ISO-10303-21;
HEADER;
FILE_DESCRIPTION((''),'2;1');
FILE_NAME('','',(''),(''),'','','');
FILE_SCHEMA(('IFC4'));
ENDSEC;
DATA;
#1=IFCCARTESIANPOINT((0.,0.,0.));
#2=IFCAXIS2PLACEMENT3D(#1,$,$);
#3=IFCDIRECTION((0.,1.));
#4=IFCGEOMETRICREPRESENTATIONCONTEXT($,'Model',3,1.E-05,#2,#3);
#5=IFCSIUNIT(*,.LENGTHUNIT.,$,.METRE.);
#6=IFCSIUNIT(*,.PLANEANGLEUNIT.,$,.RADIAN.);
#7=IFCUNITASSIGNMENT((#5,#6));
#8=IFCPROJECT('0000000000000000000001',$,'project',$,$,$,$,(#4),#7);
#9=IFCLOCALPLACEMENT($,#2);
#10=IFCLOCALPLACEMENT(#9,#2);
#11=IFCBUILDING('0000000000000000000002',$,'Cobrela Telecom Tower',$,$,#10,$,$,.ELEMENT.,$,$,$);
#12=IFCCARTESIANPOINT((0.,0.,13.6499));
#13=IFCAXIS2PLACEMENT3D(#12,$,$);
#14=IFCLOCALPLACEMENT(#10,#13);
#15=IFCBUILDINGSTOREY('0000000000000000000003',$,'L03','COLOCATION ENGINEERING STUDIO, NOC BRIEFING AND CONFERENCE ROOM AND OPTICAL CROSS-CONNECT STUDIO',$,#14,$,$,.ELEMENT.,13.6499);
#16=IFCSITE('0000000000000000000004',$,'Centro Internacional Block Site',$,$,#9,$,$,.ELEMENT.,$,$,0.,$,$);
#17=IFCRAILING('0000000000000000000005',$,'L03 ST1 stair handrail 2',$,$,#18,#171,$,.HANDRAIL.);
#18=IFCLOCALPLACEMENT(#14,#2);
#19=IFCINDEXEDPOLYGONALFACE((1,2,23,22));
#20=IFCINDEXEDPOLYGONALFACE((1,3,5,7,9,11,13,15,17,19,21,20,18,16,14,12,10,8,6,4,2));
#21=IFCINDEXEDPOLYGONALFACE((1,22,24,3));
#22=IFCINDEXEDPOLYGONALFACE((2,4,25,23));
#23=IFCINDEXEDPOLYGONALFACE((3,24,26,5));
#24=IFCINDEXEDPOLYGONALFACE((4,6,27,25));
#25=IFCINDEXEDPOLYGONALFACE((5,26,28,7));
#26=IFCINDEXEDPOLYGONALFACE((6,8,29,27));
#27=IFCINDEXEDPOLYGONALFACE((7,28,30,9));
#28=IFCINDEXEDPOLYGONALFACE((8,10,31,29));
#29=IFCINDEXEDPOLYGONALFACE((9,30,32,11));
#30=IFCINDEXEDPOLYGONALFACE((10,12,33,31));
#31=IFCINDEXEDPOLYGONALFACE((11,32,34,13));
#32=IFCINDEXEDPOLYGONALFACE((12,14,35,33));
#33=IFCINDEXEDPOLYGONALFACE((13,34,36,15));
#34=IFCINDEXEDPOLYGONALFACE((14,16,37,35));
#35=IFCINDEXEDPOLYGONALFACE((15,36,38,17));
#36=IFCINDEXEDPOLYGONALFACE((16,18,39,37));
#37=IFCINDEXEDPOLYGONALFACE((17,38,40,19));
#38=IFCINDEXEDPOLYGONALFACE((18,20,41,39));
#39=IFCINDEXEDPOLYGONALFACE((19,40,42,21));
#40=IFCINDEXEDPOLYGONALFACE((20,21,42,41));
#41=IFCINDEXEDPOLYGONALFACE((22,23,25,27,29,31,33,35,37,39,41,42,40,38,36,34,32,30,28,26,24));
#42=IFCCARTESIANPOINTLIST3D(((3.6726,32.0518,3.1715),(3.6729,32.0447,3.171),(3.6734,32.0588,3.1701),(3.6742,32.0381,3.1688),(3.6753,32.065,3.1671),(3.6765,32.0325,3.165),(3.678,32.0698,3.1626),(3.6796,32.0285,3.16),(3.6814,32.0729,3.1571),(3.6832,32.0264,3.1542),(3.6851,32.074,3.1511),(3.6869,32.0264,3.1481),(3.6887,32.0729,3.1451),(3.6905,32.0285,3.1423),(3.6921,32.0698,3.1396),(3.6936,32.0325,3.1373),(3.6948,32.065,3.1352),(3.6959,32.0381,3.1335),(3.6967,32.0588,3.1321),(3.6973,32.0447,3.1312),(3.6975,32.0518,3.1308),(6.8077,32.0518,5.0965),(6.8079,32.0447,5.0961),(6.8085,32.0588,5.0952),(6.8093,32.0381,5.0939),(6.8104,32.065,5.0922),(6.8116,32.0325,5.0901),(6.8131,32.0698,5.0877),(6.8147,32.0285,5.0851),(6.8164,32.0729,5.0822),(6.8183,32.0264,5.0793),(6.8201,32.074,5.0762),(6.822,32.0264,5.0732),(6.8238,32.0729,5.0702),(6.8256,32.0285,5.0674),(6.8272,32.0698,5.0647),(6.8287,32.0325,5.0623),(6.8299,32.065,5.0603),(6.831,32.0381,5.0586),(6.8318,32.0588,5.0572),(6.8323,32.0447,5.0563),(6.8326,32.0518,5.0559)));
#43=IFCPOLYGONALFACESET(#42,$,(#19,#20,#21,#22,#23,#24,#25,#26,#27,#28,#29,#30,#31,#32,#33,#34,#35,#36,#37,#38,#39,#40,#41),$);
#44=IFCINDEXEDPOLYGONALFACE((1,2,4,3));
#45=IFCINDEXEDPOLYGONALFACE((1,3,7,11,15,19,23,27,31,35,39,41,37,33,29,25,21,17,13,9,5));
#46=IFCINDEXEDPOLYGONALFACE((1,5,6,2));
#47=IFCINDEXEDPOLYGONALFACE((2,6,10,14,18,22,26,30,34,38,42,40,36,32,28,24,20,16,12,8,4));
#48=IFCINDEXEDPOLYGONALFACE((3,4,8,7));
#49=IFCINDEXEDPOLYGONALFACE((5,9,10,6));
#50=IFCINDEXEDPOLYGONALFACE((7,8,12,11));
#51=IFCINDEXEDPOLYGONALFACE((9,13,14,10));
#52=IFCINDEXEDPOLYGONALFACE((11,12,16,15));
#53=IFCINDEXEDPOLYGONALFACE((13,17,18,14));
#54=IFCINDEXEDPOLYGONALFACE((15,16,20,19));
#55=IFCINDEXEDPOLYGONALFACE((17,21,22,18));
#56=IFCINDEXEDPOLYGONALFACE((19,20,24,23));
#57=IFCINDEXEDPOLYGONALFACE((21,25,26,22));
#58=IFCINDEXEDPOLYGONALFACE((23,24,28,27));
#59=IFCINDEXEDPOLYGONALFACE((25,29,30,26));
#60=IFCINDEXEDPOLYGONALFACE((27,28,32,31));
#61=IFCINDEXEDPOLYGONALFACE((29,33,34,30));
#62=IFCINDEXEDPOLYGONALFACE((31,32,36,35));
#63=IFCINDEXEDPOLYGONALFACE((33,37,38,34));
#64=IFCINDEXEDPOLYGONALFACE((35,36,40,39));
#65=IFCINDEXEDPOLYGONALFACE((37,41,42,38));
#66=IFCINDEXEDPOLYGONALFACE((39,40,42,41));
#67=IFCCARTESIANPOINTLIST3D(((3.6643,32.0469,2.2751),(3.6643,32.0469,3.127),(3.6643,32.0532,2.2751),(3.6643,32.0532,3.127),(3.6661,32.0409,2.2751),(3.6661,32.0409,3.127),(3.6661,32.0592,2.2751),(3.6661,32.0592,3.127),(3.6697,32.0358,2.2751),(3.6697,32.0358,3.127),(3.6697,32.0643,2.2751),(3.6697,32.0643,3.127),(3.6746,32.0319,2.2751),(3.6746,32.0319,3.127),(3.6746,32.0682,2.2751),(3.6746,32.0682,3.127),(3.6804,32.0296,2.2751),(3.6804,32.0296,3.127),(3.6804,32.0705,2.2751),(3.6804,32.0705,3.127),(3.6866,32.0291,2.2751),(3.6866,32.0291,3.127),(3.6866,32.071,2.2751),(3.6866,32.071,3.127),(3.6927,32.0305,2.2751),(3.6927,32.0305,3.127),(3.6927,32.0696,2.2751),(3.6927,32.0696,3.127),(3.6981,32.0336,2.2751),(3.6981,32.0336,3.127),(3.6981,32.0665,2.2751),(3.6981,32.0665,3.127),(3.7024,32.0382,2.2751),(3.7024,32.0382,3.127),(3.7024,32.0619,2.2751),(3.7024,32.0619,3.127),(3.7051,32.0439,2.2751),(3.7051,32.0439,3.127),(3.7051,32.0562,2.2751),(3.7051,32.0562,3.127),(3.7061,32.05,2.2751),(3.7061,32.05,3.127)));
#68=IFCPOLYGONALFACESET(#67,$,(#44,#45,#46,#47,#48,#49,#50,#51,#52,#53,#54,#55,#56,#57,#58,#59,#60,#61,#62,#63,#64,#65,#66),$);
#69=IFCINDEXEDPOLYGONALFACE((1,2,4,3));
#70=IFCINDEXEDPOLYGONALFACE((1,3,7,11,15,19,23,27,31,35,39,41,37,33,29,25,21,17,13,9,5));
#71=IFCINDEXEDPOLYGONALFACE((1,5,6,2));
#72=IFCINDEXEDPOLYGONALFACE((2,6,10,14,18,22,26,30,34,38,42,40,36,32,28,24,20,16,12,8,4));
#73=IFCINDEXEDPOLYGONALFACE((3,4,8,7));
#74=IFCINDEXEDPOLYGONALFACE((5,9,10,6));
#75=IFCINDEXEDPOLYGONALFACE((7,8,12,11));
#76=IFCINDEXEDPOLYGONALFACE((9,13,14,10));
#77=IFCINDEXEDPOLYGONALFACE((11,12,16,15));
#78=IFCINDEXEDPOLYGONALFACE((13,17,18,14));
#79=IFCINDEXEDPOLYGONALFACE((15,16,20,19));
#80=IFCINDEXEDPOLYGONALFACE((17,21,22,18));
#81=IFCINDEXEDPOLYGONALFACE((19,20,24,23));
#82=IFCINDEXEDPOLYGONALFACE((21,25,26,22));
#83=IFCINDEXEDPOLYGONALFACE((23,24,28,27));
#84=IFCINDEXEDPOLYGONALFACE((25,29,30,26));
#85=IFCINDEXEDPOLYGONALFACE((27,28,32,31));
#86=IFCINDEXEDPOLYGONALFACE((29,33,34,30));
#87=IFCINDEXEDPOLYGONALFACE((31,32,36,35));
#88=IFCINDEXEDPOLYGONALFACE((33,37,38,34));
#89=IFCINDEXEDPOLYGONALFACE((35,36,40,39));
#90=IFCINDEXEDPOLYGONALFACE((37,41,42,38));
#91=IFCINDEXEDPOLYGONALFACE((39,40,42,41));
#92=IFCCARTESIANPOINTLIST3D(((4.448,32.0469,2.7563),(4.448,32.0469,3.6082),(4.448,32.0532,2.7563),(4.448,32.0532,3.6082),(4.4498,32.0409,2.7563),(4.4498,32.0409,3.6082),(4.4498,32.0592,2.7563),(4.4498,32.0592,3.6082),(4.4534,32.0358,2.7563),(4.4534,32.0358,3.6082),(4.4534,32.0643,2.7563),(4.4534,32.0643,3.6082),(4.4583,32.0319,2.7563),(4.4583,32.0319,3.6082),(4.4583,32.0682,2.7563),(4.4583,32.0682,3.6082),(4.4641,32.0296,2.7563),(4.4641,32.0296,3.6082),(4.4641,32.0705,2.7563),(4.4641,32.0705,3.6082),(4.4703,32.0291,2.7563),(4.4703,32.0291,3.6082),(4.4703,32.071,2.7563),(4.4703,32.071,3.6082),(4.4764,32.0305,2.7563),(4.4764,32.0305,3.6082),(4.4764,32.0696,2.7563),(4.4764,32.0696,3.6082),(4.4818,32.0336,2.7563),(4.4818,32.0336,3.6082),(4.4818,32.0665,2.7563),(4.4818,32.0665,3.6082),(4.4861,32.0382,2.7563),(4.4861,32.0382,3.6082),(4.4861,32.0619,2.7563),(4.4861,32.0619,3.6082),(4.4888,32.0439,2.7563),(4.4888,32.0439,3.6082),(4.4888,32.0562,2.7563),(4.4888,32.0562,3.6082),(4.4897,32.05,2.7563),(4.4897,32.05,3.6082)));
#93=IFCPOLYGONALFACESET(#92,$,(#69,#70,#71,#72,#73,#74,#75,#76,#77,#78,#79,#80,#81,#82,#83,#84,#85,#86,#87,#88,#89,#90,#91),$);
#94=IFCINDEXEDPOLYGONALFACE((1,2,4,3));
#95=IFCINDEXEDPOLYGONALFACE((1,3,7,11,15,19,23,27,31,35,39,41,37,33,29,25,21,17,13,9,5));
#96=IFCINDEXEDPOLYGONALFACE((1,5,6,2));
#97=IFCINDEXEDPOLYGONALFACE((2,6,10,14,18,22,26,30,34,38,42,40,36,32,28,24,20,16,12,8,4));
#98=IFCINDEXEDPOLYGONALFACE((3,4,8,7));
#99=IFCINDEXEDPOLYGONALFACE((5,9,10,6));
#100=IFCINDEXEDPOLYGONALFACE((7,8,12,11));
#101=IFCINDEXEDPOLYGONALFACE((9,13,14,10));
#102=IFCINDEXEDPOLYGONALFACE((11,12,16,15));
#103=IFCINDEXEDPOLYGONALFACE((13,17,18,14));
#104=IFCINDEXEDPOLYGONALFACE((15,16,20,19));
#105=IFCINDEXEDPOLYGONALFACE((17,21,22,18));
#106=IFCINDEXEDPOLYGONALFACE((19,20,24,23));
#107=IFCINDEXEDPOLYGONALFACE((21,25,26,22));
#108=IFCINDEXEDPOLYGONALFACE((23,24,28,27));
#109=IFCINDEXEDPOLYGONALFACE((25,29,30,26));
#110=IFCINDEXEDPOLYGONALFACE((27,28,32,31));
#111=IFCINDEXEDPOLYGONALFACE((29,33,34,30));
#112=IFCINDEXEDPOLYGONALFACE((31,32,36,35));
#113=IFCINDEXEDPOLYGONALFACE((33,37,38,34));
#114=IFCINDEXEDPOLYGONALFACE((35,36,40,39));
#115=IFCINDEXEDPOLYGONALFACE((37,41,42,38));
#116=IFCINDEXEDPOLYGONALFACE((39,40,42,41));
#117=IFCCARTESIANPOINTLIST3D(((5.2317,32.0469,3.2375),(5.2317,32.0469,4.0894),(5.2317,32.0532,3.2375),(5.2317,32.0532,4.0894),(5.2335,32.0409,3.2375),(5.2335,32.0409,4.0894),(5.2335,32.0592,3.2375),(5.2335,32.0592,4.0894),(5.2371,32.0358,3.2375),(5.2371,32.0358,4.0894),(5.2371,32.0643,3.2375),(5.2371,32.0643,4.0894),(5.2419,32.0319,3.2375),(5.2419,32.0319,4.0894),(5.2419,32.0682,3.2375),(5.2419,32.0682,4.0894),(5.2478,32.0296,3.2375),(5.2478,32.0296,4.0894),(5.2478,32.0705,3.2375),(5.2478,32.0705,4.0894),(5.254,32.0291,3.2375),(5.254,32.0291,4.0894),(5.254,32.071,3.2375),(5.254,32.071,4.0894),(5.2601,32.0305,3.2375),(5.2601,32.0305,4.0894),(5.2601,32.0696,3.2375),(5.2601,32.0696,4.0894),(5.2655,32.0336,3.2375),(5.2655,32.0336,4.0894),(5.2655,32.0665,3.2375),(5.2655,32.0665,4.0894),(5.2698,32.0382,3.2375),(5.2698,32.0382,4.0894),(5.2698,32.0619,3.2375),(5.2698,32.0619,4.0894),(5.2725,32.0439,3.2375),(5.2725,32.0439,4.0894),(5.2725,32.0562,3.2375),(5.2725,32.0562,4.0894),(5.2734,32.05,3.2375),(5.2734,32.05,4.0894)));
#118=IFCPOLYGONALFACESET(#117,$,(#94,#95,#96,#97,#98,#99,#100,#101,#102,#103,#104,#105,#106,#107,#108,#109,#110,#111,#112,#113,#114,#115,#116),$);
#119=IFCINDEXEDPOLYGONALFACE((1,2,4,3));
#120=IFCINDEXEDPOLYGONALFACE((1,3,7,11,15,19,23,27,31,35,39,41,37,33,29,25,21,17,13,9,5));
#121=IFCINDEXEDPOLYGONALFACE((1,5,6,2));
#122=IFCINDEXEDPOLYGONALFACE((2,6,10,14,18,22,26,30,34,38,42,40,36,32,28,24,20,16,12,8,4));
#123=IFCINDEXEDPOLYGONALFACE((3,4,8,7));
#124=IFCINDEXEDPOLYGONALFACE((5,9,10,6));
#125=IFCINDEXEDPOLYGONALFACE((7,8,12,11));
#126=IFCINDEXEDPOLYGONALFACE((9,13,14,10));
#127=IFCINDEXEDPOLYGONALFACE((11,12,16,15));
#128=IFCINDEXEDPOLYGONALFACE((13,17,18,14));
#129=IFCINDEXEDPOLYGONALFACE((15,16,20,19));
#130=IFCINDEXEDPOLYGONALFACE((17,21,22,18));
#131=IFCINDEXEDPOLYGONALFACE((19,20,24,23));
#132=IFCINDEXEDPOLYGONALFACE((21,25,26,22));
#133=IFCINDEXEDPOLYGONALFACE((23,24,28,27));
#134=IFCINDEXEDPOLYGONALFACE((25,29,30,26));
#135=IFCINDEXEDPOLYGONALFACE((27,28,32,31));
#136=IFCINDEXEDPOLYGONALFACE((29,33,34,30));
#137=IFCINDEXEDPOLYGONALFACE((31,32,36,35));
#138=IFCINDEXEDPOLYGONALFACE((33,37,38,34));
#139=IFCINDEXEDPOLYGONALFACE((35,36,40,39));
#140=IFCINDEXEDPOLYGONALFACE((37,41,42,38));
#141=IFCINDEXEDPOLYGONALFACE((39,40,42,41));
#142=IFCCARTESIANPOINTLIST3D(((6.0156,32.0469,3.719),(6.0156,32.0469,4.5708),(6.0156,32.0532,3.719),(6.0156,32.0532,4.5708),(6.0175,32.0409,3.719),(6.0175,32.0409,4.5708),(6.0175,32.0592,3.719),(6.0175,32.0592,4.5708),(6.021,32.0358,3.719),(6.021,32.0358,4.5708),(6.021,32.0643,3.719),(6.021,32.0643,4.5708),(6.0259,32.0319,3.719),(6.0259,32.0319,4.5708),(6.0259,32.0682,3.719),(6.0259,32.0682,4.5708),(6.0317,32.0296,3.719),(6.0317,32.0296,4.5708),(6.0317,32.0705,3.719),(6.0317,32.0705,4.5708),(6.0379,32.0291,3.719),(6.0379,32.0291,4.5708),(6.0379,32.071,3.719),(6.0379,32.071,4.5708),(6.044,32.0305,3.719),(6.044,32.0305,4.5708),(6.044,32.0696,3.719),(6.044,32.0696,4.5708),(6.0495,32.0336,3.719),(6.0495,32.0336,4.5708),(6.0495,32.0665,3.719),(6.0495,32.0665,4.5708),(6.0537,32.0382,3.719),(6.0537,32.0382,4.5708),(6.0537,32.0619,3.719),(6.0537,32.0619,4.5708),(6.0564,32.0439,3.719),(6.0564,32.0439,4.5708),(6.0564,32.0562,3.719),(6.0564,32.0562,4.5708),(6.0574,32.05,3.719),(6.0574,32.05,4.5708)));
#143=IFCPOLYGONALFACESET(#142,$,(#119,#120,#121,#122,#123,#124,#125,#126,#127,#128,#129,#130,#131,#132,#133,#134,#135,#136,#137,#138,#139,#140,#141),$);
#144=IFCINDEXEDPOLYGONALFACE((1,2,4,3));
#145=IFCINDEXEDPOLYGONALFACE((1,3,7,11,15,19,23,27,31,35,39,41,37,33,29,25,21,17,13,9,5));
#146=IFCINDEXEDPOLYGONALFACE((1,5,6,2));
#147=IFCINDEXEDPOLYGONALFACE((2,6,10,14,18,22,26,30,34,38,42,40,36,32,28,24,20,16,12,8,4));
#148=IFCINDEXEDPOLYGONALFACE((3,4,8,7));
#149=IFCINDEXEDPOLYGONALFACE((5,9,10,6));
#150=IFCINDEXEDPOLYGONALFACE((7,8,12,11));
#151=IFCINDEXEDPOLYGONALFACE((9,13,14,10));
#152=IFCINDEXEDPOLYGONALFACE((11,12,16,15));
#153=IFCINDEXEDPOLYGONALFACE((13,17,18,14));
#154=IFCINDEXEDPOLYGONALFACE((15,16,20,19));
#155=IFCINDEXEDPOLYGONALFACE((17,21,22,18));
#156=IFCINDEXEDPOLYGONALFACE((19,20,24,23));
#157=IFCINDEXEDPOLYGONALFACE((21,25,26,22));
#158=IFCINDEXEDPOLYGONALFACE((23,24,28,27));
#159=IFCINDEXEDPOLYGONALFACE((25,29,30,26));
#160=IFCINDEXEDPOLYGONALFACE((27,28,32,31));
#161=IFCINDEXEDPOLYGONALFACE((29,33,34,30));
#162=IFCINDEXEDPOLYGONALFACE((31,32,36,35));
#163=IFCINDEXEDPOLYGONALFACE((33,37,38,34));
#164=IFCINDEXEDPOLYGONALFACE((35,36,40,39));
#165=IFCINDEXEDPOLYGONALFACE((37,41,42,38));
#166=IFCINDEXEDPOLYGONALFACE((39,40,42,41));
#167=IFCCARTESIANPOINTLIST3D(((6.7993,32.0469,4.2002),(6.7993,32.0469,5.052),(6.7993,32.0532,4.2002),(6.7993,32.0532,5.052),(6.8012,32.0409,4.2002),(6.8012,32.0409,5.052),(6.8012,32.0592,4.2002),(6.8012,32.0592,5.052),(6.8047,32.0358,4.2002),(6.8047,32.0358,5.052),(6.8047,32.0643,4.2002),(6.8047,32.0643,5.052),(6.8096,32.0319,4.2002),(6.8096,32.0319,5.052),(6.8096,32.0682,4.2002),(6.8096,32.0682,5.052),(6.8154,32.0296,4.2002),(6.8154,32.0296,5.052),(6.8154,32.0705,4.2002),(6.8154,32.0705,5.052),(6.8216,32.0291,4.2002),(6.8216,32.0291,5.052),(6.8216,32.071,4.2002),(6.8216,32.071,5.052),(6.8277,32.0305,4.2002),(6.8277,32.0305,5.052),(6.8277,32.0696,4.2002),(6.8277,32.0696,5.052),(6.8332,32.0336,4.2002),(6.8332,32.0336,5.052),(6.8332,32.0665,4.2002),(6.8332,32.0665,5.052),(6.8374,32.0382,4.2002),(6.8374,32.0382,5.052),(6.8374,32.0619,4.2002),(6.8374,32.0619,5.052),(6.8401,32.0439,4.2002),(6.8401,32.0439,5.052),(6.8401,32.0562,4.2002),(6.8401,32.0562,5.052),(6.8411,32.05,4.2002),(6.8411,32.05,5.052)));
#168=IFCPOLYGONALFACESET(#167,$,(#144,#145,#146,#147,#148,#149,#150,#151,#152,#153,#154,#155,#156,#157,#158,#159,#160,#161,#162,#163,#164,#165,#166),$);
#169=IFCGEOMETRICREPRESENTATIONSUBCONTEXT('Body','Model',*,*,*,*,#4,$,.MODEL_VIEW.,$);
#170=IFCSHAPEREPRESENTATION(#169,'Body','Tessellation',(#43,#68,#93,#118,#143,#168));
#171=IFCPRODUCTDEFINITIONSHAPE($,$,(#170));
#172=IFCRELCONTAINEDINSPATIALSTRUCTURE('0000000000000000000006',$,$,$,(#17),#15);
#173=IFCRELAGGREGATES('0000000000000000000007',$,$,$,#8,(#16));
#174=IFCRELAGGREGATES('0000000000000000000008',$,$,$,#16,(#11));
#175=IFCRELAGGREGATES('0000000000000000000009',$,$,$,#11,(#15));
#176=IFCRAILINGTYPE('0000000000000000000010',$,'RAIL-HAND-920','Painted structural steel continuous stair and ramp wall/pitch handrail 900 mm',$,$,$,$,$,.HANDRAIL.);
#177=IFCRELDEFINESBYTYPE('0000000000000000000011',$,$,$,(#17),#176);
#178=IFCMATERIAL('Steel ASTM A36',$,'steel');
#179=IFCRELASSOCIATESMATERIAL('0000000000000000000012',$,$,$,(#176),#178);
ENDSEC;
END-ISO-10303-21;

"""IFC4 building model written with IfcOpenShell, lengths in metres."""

from ifc_helpers import new_model, si_unit, direction, frame, origin, origin_2d, place, context, subcontext, project, spatial, circle, extrude, material, type_object, element, save


model = new_model("IFC4")

# Units and contexts
model_context = context("Model", 3, precision=1e-05, world=origin(), true_north=direction((0.0, 1.0)))
body_context = subcontext(model_context, "Body", "Model", "MODEL_VIEW")
ifc_project = project(units=[si_unit("LENGTHUNIT", "METRE"), si_unit("PLANEANGLEUNIT", "RADIAN")], contexts=[model_context])

# Site, building, storey
site_placement = place(None, origin())
site = spatial("IfcSite", under=ifc_project, at=site_placement, Name="Centro Internacional Block Site", CompositionType="ELEMENT", RefElevation=0.0)
building_placement = place(site_placement, origin())
building = spatial("IfcBuilding", under=site, at=building_placement, Name="Cobrela Telecom Tower", CompositionType="ELEMENT")
storey_placement = place(building_placement, frame((0.0, 0.0, 13.6499)))
storey = spatial("IfcBuildingStorey", under=building, at=storey_placement, Name="L03", Description="COLOCATION ENGINEERING STUDIO, NOC BRIEFING AND CONFERENCE ROOM AND OPTICAL CROSS-CONNECT STUDIO", CompositionType="ELEMENT", Elevation=13.6499)

# Shared definitions
ifc_material_1 = material(Name="Steel ASTM A36", Category="steel")

# Railing
railing_type_1 = type_object("IfcRailingType", Name="RAIL-HAND-920", Description="Painted structural steel continuous stair and ramp wall/pitch handrail 900 mm", PredefinedType="HANDRAIL", material=ifc_material_1)
railing_1_placement = place(storey_placement, frame((3.6851, 32.05, 2.2751)))
element("IfcRailing", 1, at=railing_1_placement, inside=storey, type_object=railing_type_1, Name="L03 ST1 stair handrail 2", PredefinedType="HANDRAIL", context=body_context, shape_type="SweptSolid", body=[
    extrude(circle(Radius=0.0239, at=origin_2d()), frame((0.0, 0.0, 0.876), z_axis=(0.852166, 0.0, 0.523271), x_axis=(0.0, 1.0, 0.0)), (0.0, 0.0, 1.0), 3.679),
    extrude(circle(Radius=0.021, at=origin_2d()), origin(), (0.0, 0.0, 1.0), 0.8518),
    extrude(circle(Radius=0.021, at=origin_2d()), frame((0.7837, 0.0, 0.4812)), (0.0, 0.0, 1.0), 0.8518),
    extrude(circle(Radius=0.021, at=origin_2d()), frame((1.5674, 0.0, 0.9624)), (0.0, 0.0, 1.0), 0.8518),
    extrude(circle(Radius=0.021, at=origin_2d()), frame((2.3513, 0.0, 1.4438)), (0.0, 0.0, 1.0), 0.8518),
    extrude(circle(Radius=0.021, at=origin_2d()), frame((3.135, 0.0, 1.925)), (0.0, 0.0, 1.0), 0.8518),
])

save(model, "model.ifc")
